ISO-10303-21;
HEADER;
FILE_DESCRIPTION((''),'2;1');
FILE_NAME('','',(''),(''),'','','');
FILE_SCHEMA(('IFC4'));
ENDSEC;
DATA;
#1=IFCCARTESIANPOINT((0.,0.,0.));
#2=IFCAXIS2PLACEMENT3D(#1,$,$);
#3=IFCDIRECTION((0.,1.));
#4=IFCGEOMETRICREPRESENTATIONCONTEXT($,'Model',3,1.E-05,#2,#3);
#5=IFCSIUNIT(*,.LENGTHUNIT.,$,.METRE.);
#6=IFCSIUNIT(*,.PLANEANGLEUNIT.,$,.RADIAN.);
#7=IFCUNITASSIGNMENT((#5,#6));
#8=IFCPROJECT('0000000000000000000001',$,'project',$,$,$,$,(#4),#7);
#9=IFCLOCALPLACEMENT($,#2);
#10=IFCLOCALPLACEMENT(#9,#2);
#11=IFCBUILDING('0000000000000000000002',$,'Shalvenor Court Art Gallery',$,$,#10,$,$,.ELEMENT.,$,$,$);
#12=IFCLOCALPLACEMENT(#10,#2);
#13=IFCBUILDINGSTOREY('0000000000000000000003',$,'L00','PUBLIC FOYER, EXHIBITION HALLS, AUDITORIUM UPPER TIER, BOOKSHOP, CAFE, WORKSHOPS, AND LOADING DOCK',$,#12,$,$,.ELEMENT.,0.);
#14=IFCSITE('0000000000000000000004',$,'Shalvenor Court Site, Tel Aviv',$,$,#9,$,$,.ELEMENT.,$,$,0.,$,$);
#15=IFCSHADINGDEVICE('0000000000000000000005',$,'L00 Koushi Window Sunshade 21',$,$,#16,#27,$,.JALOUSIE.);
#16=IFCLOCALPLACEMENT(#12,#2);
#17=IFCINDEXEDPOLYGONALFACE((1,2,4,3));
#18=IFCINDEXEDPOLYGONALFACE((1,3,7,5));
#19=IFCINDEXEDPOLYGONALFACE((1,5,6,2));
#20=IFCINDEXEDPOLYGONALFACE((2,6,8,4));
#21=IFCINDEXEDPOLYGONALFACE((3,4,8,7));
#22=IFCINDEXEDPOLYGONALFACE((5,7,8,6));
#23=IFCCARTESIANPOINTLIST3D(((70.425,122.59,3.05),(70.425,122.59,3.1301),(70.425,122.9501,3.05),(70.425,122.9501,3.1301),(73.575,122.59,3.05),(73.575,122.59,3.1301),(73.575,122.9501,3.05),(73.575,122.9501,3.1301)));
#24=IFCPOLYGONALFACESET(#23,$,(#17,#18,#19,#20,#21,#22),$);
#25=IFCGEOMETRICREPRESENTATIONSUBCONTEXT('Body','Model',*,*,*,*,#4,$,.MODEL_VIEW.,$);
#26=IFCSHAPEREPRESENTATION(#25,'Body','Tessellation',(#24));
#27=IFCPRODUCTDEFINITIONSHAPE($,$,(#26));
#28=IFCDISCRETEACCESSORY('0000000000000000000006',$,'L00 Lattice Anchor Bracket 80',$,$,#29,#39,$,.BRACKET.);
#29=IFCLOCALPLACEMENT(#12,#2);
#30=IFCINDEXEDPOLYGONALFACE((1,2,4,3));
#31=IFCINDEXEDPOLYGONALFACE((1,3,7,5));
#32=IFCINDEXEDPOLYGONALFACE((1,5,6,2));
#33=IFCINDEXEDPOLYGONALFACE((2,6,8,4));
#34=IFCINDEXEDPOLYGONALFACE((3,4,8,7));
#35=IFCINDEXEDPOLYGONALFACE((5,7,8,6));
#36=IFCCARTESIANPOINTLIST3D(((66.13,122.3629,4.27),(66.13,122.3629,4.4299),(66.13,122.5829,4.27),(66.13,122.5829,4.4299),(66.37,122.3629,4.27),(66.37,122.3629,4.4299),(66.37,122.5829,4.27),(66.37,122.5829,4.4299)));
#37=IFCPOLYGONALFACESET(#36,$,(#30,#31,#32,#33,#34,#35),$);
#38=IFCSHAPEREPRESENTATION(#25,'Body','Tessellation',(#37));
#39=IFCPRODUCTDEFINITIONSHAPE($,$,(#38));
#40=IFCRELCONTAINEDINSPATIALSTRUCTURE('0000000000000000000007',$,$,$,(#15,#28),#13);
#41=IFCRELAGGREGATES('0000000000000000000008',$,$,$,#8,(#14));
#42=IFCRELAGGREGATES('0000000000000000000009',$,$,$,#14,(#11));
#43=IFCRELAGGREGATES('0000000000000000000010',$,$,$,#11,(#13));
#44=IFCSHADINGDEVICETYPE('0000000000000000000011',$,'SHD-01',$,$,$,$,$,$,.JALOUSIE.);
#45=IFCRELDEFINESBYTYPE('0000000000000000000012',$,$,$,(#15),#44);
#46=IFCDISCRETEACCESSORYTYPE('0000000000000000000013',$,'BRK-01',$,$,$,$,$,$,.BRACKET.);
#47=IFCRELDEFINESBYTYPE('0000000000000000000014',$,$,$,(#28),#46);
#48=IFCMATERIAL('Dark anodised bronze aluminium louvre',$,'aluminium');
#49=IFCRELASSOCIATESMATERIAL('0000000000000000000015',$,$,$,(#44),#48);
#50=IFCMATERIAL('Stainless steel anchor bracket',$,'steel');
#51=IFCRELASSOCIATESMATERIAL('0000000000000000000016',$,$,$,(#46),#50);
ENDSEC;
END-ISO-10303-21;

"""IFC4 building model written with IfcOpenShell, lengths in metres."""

from ifc_helpers import new_model, si_unit, direction, frame, origin, origin_2d, place, context, subcontext, project, spatial, rectangle, extrude, material, type_object, element, save


model = new_model("IFC4")

# Units and contexts
model_context = context("Model", 3, precision=1e-05, world=origin(), true_north=direction((0.0, 1.0)))
body_context = subcontext(model_context, "Body", "Model", "MODEL_VIEW")
ifc_project = project(units=[si_unit("LENGTHUNIT", "METRE"), si_unit("PLANEANGLEUNIT", "RADIAN")], contexts=[model_context])

# Site, building, storey
site_placement = place(None, origin())
site = spatial("IfcSite", under=ifc_project, at=site_placement, Name="Shalvenor Court Site, Tel Aviv", CompositionType="ELEMENT", RefElevation=0.0)
building_placement = place(site_placement, origin())
building = spatial("IfcBuilding", under=site, at=building_placement, Name="Shalvenor Court Art Gallery", CompositionType="ELEMENT")
storey_placement = place(building_placement, origin())
storey = spatial("IfcBuildingStorey", under=building, at=storey_placement, Name="L00", Description="PUBLIC FOYER, EXHIBITION HALLS, AUDITORIUM UPPER TIER, BOOKSHOP, CAFE, WORKSHOPS, AND LOADING DOCK", CompositionType="ELEMENT", Elevation=0.0)

# Shading device
ifc_material_1 = material(Name="Dark anodised bronze aluminium louvre", Category="aluminium")
shading_device_type = type_object("IfcShadingDeviceType", Name="SHD-01", PredefinedType="JALOUSIE", material=ifc_material_1)
shading_device_placement = place(storey_placement, frame((72.0, 122.77, 3.05), z_axis=(0.0, 0.0, 1.0), x_axis=(1.0, 0.0, 0.0)))
element("IfcShadingDevice", 1, at=shading_device_placement, inside=storey, type_object=shading_device_type, Name="L00 Koushi Window Sunshade 21", PredefinedType="JALOUSIE", context=body_context, shape_type="SweptSolid", body=[
    extrude(rectangle(XDim=3.1499, YDim=0.3601, at=origin_2d()), origin(), (0.0, 0.0, 1.0), 0.0801),
])

# Discrete accessory
ifc_material_2 = material(Name="Stainless steel anchor bracket", Category="steel")
discrete_accessory_type = type_object("IfcDiscreteAccessoryType", Name="BRK-01", PredefinedType="BRACKET", material=ifc_material_2)
discrete_accessory_placement = place(storey_placement, frame((66.25, 122.4729, 4.27), z_axis=(0.0, 0.0, 1.0), x_axis=(1.0, 0.0, 0.0)))
element("IfcDiscreteAccessory", 2, at=discrete_accessory_placement, inside=storey, type_object=discrete_accessory_type, Name="L00 Lattice Anchor Bracket 80", PredefinedType="BRACKET", context=body_context, shape_type="SweptSolid", body=[
    extrude(rectangle(XDim=0.24, YDim=0.22, at=origin_2d()), origin(), (0.0, 0.0, 1.0), 0.1599),
])

save(model, "model.ifc")
